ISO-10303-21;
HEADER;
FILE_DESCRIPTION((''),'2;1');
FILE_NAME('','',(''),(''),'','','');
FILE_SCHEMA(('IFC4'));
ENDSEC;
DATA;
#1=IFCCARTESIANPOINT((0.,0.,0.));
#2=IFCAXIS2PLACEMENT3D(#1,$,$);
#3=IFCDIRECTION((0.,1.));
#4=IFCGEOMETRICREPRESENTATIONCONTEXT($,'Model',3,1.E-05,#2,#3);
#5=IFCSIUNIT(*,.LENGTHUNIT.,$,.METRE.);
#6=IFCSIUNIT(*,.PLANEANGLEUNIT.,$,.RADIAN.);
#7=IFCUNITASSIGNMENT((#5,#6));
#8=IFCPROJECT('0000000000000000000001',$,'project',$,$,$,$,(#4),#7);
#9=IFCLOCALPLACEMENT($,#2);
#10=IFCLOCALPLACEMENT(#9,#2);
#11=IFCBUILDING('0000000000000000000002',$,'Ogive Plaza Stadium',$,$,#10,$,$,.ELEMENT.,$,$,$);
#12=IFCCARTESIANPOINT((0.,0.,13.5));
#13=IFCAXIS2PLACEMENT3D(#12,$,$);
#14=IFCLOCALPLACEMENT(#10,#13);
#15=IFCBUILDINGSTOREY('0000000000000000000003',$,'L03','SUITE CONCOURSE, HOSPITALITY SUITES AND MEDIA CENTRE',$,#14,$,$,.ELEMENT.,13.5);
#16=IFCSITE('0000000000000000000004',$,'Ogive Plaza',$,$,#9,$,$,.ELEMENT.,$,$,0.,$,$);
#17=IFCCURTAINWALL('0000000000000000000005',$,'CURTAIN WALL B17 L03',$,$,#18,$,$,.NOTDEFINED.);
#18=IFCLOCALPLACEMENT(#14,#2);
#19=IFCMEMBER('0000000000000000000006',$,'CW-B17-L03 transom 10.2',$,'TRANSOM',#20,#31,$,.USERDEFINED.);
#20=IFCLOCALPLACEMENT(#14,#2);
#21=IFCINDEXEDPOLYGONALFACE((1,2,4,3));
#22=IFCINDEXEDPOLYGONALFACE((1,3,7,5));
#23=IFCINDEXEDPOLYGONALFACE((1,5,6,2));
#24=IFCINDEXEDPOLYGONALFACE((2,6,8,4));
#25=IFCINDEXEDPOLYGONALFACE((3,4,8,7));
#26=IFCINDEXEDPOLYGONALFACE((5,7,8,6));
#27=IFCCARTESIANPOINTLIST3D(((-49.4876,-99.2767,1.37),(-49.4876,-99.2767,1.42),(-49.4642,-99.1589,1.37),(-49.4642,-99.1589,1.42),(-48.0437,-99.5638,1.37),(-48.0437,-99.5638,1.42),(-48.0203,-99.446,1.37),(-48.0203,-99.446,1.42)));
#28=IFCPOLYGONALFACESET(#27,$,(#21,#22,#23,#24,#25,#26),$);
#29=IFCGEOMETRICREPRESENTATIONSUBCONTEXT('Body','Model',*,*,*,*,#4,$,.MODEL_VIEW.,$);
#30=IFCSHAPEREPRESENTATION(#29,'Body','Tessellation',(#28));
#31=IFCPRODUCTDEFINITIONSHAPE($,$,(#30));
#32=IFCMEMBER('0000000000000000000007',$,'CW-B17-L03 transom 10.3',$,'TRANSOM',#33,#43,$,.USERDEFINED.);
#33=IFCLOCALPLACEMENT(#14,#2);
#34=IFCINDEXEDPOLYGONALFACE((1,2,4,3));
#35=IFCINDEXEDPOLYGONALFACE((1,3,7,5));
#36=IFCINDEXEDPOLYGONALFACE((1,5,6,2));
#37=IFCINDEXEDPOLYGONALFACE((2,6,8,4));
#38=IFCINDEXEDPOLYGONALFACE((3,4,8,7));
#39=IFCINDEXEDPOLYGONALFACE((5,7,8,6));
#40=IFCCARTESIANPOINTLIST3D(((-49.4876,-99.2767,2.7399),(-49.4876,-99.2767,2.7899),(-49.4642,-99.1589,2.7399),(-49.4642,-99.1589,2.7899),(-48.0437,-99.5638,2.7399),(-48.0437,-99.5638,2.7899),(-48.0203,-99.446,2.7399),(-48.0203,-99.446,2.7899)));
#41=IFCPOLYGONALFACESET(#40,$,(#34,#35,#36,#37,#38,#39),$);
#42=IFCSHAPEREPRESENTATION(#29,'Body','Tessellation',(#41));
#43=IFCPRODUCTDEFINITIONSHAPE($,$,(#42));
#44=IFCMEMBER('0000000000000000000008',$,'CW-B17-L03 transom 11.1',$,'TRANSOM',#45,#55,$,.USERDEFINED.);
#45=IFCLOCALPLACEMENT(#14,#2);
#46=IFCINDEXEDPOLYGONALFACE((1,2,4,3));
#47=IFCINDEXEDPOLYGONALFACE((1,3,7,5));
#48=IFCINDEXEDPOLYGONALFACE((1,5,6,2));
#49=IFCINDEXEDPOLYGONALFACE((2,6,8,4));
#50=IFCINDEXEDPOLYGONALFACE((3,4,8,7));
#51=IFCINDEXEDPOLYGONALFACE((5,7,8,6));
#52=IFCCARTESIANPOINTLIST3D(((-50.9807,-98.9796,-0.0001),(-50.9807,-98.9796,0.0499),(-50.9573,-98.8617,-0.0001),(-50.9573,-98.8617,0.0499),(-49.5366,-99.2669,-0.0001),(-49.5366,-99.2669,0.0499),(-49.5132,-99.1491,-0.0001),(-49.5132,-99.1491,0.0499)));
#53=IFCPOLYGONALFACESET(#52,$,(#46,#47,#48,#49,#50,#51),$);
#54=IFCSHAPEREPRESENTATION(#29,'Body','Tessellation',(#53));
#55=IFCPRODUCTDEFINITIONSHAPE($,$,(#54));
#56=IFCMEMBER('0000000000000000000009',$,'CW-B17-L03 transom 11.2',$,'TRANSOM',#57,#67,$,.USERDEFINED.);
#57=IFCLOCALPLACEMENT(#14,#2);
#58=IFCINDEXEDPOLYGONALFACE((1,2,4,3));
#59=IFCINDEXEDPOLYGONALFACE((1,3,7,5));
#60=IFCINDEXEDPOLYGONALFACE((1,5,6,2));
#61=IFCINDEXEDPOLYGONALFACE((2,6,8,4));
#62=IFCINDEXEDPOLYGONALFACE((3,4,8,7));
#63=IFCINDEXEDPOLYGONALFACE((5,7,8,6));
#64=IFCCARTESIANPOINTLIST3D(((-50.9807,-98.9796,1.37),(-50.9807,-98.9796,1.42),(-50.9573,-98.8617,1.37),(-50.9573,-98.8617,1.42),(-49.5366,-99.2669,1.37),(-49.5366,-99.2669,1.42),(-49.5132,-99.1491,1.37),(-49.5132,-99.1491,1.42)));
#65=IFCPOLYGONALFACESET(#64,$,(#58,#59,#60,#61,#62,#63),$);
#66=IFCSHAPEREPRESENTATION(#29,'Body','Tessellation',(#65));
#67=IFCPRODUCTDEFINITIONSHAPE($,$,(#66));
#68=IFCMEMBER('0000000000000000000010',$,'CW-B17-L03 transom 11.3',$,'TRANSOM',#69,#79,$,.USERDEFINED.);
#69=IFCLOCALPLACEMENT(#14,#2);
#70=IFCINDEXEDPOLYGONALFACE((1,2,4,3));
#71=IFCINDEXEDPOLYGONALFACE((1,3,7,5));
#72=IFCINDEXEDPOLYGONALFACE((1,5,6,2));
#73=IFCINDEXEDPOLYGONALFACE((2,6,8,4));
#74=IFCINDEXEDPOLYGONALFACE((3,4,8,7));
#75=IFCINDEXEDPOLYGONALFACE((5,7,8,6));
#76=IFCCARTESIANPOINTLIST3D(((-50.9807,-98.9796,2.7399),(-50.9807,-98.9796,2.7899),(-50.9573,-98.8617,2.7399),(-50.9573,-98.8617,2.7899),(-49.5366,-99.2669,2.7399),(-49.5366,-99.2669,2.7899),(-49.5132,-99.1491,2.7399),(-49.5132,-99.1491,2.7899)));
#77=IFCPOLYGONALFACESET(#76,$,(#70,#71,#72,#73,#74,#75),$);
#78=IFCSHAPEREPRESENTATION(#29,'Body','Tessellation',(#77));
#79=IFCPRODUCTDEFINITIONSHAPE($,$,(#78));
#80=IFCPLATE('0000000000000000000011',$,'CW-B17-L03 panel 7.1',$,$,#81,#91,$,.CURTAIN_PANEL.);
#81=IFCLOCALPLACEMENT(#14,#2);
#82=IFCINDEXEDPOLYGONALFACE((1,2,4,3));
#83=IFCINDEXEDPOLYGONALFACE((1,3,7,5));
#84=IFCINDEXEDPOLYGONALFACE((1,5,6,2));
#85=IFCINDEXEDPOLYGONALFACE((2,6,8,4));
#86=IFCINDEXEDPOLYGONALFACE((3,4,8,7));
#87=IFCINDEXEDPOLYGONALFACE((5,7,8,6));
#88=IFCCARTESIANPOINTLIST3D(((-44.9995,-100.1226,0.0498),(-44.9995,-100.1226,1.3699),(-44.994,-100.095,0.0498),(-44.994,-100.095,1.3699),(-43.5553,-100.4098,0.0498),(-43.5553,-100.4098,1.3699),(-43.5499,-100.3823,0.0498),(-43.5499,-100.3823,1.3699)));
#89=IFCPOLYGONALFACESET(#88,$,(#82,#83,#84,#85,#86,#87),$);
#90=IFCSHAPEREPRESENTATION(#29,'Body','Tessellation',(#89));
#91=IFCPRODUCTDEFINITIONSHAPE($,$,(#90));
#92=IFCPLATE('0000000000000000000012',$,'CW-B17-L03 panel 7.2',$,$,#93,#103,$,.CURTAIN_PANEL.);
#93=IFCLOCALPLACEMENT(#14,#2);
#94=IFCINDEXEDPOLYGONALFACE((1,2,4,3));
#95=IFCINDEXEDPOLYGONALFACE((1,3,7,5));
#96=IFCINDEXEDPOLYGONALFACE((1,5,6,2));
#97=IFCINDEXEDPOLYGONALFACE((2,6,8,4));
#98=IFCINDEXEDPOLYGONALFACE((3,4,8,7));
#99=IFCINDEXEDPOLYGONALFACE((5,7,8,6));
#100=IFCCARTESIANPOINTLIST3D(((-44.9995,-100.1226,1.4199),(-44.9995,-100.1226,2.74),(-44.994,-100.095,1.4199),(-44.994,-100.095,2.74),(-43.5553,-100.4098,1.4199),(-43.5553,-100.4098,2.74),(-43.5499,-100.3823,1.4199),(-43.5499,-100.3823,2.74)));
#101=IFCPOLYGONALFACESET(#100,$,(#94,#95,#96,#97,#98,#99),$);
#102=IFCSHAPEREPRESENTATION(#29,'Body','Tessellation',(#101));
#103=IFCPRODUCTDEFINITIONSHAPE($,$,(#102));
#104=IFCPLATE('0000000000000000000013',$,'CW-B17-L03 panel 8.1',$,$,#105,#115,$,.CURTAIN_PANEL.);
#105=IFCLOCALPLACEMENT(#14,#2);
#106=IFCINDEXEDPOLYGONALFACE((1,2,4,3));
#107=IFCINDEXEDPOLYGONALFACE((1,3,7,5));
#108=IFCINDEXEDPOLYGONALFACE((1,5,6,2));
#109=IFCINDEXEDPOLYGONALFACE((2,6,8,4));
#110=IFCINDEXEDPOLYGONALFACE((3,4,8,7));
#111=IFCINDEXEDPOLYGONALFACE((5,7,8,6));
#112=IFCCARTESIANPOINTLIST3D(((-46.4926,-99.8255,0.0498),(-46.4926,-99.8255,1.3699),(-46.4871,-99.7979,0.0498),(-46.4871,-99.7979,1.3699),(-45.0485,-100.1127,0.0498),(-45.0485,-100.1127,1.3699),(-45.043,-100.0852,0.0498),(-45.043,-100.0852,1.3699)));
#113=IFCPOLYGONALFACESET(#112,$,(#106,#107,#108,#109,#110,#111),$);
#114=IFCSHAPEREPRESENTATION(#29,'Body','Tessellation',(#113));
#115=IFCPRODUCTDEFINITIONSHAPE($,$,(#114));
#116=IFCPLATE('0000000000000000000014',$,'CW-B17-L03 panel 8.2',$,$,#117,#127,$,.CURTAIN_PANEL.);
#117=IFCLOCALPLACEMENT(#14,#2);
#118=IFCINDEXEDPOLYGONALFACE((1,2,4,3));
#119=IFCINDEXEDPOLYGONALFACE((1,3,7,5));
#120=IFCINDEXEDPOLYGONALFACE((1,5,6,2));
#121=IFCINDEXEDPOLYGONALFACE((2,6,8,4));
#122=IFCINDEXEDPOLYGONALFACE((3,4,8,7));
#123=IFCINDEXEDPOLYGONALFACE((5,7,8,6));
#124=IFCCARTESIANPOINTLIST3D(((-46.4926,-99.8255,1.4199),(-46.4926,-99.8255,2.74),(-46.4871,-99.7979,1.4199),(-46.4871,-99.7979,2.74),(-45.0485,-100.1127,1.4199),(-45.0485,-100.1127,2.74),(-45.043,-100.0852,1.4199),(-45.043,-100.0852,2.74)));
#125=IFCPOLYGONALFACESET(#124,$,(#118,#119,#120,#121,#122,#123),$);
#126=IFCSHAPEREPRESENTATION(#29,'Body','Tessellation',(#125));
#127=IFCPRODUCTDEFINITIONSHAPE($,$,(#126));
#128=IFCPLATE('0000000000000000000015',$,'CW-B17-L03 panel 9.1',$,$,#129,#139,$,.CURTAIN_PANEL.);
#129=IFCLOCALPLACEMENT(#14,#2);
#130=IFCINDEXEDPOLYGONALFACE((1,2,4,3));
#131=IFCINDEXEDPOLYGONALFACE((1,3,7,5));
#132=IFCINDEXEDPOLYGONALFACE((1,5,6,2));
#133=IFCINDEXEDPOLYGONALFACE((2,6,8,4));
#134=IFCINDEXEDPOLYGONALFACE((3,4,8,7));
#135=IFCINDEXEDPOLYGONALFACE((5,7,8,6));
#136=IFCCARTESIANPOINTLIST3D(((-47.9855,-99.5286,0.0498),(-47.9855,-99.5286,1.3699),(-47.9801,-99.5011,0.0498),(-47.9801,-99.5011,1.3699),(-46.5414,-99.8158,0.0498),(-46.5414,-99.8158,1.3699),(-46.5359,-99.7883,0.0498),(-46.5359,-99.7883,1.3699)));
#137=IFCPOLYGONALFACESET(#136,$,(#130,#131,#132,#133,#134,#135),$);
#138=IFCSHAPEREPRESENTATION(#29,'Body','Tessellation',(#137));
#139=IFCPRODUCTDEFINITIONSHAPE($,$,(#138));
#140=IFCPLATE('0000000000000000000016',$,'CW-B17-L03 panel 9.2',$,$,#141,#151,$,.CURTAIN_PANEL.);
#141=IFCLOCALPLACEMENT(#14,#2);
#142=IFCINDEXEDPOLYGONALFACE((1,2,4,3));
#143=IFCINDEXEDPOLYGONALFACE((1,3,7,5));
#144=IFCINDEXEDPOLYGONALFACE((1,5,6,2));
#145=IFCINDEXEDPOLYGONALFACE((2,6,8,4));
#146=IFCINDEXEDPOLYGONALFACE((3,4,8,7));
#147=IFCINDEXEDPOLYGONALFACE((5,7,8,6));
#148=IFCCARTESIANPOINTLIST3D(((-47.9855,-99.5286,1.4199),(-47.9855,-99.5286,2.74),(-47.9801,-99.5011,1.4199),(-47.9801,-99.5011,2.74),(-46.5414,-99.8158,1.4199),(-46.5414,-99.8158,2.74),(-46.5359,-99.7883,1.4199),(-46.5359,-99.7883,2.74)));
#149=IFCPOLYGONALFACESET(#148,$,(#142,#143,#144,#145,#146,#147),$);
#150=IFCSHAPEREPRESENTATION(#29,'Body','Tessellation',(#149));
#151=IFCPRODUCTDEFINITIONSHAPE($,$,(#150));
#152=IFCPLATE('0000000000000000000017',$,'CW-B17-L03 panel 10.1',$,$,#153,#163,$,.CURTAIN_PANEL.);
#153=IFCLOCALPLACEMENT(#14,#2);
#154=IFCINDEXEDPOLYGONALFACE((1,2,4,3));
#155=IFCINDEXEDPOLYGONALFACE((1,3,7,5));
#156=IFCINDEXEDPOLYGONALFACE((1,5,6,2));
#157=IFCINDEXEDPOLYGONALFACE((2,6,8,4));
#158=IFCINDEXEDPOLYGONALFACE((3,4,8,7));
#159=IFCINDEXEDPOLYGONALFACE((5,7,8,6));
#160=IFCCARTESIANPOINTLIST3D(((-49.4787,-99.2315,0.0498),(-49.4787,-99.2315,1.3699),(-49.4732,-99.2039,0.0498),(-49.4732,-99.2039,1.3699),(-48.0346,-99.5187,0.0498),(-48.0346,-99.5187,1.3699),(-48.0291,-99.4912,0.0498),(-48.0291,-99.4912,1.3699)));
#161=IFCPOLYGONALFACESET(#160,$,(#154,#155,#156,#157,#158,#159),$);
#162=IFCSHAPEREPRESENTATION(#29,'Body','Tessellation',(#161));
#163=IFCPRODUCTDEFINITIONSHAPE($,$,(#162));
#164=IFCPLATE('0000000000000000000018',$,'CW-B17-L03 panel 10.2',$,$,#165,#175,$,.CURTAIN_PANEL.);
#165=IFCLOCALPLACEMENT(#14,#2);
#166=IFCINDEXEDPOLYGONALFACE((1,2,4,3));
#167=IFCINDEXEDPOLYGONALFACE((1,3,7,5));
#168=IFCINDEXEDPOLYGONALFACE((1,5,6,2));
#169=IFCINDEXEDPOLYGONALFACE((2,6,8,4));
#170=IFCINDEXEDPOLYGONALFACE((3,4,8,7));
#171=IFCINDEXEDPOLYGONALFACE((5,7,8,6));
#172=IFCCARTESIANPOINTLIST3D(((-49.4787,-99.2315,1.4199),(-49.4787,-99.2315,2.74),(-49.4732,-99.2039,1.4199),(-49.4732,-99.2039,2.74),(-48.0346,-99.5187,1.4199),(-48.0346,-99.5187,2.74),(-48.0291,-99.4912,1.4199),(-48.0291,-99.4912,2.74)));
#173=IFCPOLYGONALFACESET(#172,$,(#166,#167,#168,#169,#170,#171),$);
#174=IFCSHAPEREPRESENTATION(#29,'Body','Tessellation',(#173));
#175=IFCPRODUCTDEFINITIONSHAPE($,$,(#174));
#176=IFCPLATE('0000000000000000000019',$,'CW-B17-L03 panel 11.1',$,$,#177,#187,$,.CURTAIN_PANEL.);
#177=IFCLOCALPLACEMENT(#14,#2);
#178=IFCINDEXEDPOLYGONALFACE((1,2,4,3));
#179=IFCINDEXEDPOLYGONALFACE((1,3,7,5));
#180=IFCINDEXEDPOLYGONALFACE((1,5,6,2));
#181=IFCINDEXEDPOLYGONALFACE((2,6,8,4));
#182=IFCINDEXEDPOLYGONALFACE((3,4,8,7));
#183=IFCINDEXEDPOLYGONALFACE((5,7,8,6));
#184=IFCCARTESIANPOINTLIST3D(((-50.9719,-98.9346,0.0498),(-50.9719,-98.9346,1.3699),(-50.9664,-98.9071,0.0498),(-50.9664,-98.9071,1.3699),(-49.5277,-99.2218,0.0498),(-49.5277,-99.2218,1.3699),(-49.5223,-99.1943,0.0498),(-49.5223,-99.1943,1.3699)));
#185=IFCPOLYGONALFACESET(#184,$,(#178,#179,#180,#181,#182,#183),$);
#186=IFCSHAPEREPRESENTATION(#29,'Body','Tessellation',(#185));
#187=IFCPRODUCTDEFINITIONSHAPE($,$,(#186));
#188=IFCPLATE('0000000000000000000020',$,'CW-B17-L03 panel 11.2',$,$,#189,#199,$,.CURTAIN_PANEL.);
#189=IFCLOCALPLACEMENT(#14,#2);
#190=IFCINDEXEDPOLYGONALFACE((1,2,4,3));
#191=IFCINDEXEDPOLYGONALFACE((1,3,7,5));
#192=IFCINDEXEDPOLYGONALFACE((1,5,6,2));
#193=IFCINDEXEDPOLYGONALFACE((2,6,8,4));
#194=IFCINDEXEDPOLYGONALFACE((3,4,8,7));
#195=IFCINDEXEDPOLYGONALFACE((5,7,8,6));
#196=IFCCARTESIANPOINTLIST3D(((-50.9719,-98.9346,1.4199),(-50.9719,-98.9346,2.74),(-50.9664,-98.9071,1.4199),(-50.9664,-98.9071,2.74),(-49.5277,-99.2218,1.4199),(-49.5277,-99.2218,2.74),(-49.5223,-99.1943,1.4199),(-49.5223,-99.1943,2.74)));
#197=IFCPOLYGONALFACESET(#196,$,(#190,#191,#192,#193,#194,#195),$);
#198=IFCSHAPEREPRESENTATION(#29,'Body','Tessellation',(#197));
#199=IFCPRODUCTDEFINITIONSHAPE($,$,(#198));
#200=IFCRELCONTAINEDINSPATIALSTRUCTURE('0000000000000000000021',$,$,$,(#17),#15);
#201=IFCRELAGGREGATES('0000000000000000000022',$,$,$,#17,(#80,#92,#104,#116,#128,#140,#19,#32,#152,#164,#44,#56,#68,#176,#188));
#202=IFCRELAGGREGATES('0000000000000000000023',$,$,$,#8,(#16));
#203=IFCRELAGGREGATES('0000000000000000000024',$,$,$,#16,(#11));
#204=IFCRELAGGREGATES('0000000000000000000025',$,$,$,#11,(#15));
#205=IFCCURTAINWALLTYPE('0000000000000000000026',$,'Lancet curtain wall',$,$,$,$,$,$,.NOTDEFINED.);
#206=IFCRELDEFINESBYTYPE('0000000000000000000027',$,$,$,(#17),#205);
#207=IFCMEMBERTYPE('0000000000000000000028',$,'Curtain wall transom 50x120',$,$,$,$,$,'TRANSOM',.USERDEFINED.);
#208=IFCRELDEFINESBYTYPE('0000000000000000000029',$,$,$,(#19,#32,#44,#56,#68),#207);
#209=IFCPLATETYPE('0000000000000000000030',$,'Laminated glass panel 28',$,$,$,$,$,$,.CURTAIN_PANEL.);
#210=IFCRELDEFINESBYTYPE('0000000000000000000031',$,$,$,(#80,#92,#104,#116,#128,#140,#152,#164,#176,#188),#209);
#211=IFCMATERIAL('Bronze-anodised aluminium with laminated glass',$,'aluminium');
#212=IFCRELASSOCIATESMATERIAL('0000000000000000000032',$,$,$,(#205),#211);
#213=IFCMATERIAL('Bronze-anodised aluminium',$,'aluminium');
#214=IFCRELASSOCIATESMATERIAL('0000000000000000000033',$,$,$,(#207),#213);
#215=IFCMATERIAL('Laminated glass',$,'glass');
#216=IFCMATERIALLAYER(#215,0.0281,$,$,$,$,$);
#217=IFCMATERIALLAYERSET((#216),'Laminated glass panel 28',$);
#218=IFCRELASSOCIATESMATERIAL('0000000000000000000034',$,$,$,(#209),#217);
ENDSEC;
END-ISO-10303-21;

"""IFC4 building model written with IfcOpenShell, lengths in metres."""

from ifc_helpers import new_model, si_unit, direction, frame, origin, origin_2d, place, context, subcontext, project, spatial, rectangle, extrude, material, layer, layer_set, material_profile, profile_set, type_object, element, aggregate, save


model = new_model("IFC4")

# Units and contexts
model_context = context("Model", 3, precision=1e-05, world=origin(), true_north=direction((0.0, 1.0)))
body_context = subcontext(model_context, "Body", "Model", "MODEL_VIEW")
ifc_project = project(units=[si_unit("LENGTHUNIT", "METRE"), si_unit("PLANEANGLEUNIT", "RADIAN")], contexts=[model_context])

# Site, building, storey
site_placement = place(None, origin())
site = spatial("IfcSite", under=ifc_project, at=site_placement, Name="Ogive Plaza", CompositionType="ELEMENT", RefElevation=0.0)
building_placement = place(site_placement, origin())
building = spatial("IfcBuilding", under=site, at=building_placement, Name="Ogive Plaza Stadium", CompositionType="ELEMENT")
storey_placement = place(building_placement, frame((0.0, 0.0, 13.5)))
storey = spatial("IfcBuildingStorey", under=building, at=storey_placement, Name="L03", Description="SUITE CONCOURSE, HOSPITALITY SUITES AND MEDIA CENTRE", CompositionType="ELEMENT", Elevation=13.5)

# Curtain wall, members, plates
ifc_material_1 = material(Name="Bronze-anodised aluminium with laminated glass", Category="aluminium")
curtain_wall_type = type_object("IfcCurtainWallType", Name="Lancet curtain wall", PredefinedType="NOTDEFINED", material=ifc_material_1)
curtain_wall_placement = place(storey_placement, origin())
curtain_wall = element("IfcCurtainWall", 1, at=curtain_wall_placement, inside=storey, type_object=curtain_wall_type, Name="CURTAIN WALL B17 L03", PredefinedType="NOTDEFINED")
ifc_material_2 = material(Name="Bronze-anodised aluminium", Category="aluminium")
ifc_material_profile_1 = material_profile(ifc_material_2, rectangle(XDim=0.1201, YDim=0.05, at=origin_2d()), Name="AL 120x50")
ifc_profile_set_1 = profile_set([ifc_material_profile_1], Name="Bronze-anodised aluminium")
member_type_1 = type_object("IfcMemberType", Name="Curtain wall transom 50x120", ElementType="TRANSOM", PredefinedType="USERDEFINED", material=ifc_profile_set_1)
member_1_placement = place(storey_placement, frame((-48.032, -99.5049, 1.395), z_axis=(-0.980797, 0.195032, 0.0), x_axis=(-0.195032, -0.980797, 0.0)))
member_1 = element("IfcMember", 2, at=member_1_placement, type_object=member_type_1, Name="CW-B17-L03 transom 10.2", ObjectType="TRANSOM", PredefinedType="USERDEFINED", context=body_context, shape_type="SweptSolid", body=[
    extrude(rectangle(XDim=0.1201, YDim=0.05, at=origin_2d()), origin(), (0.0, 0.0, 1.0), 1.4722),
])
member_2_placement = place(storey_placement, frame((-48.032, -99.5049, 2.7649), z_axis=(-0.980797, 0.195032, 0.0), x_axis=(-0.195032, -0.980797, 0.0)))
member_2 = element("IfcMember", 3, at=member_2_placement, type_object=member_type_1, Name="CW-B17-L03 transom 10.3", ObjectType="TRANSOM", PredefinedType="USERDEFINED", context=body_context, shape_type="SweptSolid", body=[
    extrude(rectangle(XDim=0.1201, YDim=0.05, at=origin_2d()), origin(), (0.0, 0.0, 1.0), 1.4722),
])
member_3_placement = place(storey_placement, frame((-49.5249, -99.208, 0.0249), z_axis=(-0.980772, 0.195159, 0.0), x_axis=(-0.195159, -0.980772, 0.0)))
member_3 = element("IfcMember", 4, at=member_3_placement, type_object=member_type_1, Name="CW-B17-L03 transom 11.1", ObjectType="TRANSOM", PredefinedType="USERDEFINED", context=body_context, shape_type="SweptSolid", body=[
    extrude(rectangle(XDim=0.1201, YDim=0.05, at=origin_2d()), origin(), (0.0, 0.0, 1.0), 1.4724),
])
member_4_placement = place(storey_placement, frame((-49.5249, -99.208, 1.395), z_axis=(-0.980772, 0.195159, 0.0), x_axis=(-0.195159, -0.980772, 0.0)))
member_4 = element("IfcMember", 5, at=member_4_placement, type_object=member_type_1, Name="CW-B17-L03 transom 11.2", ObjectType="TRANSOM", PredefinedType="USERDEFINED", context=body_context, shape_type="SweptSolid", body=[
    extrude(rectangle(XDim=0.1201, YDim=0.05, at=origin_2d()), origin(), (0.0, 0.0, 1.0), 1.4724),
])
member_5_placement = place(storey_placement, frame((-49.5249, -99.208, 2.7649), z_axis=(-0.980772, 0.195159, 0.0), x_axis=(-0.195159, -0.980772, 0.0)))
member_5 = element("IfcMember", 6, at=member_5_placement, type_object=member_type_1, Name="CW-B17-L03 transom 11.3", ObjectType="TRANSOM", PredefinedType="USERDEFINED", context=body_context, shape_type="SweptSolid", body=[
    extrude(rectangle(XDim=0.1201, YDim=0.05, at=origin_2d()), origin(), (0.0, 0.0, 1.0), 1.4724),
])
ifc_material_3 = material(Name="Laminated glass", Category="glass")
ifc_layer_1 = layer(ifc_material_3, 0.0281)
ifc_layer_set_1 = layer_set([ifc_layer_1], Name="Laminated glass panel 28")
plate_type = type_object("IfcPlateType", Name="Laminated glass panel 28", PredefinedType="CURTAIN_PANEL", material=ifc_layer_set_1)
plate_1_placement = place(storey_placement, frame((-44.2747, -100.2524, 0.0498), z_axis=(0.0, 0.0, 1.0), x_axis=(-0.980785, 0.19509, 0.0)))
plate_1 = element("IfcPlate", 7, at=plate_1_placement, type_object=plate_type, Name="CW-B17-L03 panel 7.1", PredefinedType="CURTAIN_PANEL", context=body_context, shape_type="SweptSolid", body=[
    extrude(rectangle(XDim=1.4724, YDim=0.0281, at=origin_2d()), origin(), (0.0, 0.0, 1.0), 1.3201),
])
plate_2_placement = place(storey_placement, frame((-44.2747, -100.2524, 1.4199), z_axis=(0.0, 0.0, 1.0), x_axis=(-0.980785, 0.19509, 0.0)))
plate_2 = element("IfcPlate", 8, at=plate_2_placement, type_object=plate_type, Name="CW-B17-L03 panel 7.2", PredefinedType="CURTAIN_PANEL", context=body_context, shape_type="SweptSolid", body=[
    extrude(rectangle(XDim=1.4724, YDim=0.0281, at=origin_2d()), origin(), (0.0, 0.0, 1.0), 1.3201),
])
plate_3_placement = place(storey_placement, frame((-45.7678, -99.9553, 0.0498), z_axis=(0.0, 0.0, 1.0), x_axis=(-0.980785, 0.19509, 0.0)))
plate_3 = element("IfcPlate", 9, at=plate_3_placement, type_object=plate_type, Name="CW-B17-L03 panel 8.1", PredefinedType="CURTAIN_PANEL", context=body_context, shape_type="SweptSolid", body=[
    extrude(rectangle(XDim=1.4724, YDim=0.0281, at=origin_2d()), origin(), (0.0, 0.0, 1.0), 1.3201),
])
plate_4_placement = place(storey_placement, frame((-45.7678, -99.9553, 1.4199), z_axis=(0.0, 0.0, 1.0), x_axis=(-0.980785, 0.19509, 0.0)))
plate_4 = element("IfcPlate", 10, at=plate_4_placement, type_object=plate_type, Name="CW-B17-L03 panel 8.2", PredefinedType="CURTAIN_PANEL", context=body_context, shape_type="SweptSolid", body=[
    extrude(rectangle(XDim=1.4724, YDim=0.0281, at=origin_2d()), origin(), (0.0, 0.0, 1.0), 1.3201),
])
plate_5_placement = place(storey_placement, frame((-47.2607, -99.6584, 0.0498), z_axis=(0.0, 0.0, 1.0), x_axis=(-0.980785, 0.19509, 0.0)))
plate_5 = element("IfcPlate", 11, at=plate_5_placement, type_object=plate_type, Name="CW-B17-L03 panel 9.1", PredefinedType="CURTAIN_PANEL", context=body_context, shape_type="SweptSolid", body=[
    extrude(rectangle(XDim=1.4724, YDim=0.0281, at=origin_2d()), origin(), (0.0, 0.0, 1.0), 1.3201),
])
plate_6_placement = place(storey_placement, frame((-47.2607, -99.6584, 1.4199), z_axis=(0.0, 0.0, 1.0), x_axis=(-0.980785, 0.19509, 0.0)))
plate_6 = element("IfcPlate", 12, at=plate_6_placement, type_object=plate_type, Name="CW-B17-L03 panel 9.2", PredefinedType="CURTAIN_PANEL", context=body_context, shape_type="SweptSolid", body=[
    extrude(rectangle(XDim=1.4724, YDim=0.0281, at=origin_2d()), origin(), (0.0, 0.0, 1.0), 1.3201),
])
plate_7_placement = place(storey_placement, frame((-48.7539, -99.3613, 0.0498), z_axis=(0.0, 0.0, 1.0), x_axis=(-0.980785, 0.19509, 0.0)))
plate_7 = element("IfcPlate", 13, at=plate_7_placement, type_object=plate_type, Name="CW-B17-L03 panel 10.1", PredefinedType="CURTAIN_PANEL", context=body_context, shape_type="SweptSolid", body=[
    extrude(rectangle(XDim=1.4724, YDim=0.0281, at=origin_2d()), origin(), (0.0, 0.0, 1.0), 1.3201),
])
plate_8_placement = place(storey_placement, frame((-48.7539, -99.3613, 1.4199), z_axis=(0.0, 0.0, 1.0), x_axis=(-0.980785, 0.19509, 0.0)))
plate_8 = element("IfcPlate", 14, at=plate_8_placement, type_object=plate_type, Name="CW-B17-L03 panel 10.2", PredefinedType="CURTAIN_PANEL", context=body_context, shape_type="SweptSolid", body=[
    extrude(rectangle(XDim=1.4724, YDim=0.0281, at=origin_2d()), origin(), (0.0, 0.0, 1.0), 1.3201),
])
plate_9_placement = place(storey_placement, frame((-50.2471, -99.0645, 0.0498), z_axis=(0.0, 0.0, 1.0), x_axis=(-0.980785, 0.19509, 0.0)))
plate_9 = element("IfcPlate", 15, at=plate_9_placement, type_object=plate_type, Name="CW-B17-L03 panel 11.1", PredefinedType="CURTAIN_PANEL", context=body_context, shape_type="SweptSolid", body=[
    extrude(rectangle(XDim=1.4724, YDim=0.0281, at=origin_2d()), origin(), (0.0, 0.0, 1.0), 1.3201),
])
plate_10_placement = place(storey_placement, frame((-50.2471, -99.0645, 1.4199), z_axis=(0.0, 0.0, 1.0), x_axis=(-0.980785, 0.19509, 0.0)))
plate_10 = element("IfcPlate", 16, at=plate_10_placement, type_object=plate_type, Name="CW-B17-L03 panel 11.2", PredefinedType="CURTAIN_PANEL", context=body_context, shape_type="SweptSolid", body=[
    extrude(rectangle(XDim=1.4724, YDim=0.0281, at=origin_2d()), origin(), (0.0, 0.0, 1.0), 1.3201),
])
aggregate(curtain_wall, [plate_1, plate_2, plate_3, plate_4, plate_5, plate_6, member_1, member_2, plate_7, plate_8, member_3, member_4, member_5, plate_9, plate_10])

save(model, "model.ifc")
